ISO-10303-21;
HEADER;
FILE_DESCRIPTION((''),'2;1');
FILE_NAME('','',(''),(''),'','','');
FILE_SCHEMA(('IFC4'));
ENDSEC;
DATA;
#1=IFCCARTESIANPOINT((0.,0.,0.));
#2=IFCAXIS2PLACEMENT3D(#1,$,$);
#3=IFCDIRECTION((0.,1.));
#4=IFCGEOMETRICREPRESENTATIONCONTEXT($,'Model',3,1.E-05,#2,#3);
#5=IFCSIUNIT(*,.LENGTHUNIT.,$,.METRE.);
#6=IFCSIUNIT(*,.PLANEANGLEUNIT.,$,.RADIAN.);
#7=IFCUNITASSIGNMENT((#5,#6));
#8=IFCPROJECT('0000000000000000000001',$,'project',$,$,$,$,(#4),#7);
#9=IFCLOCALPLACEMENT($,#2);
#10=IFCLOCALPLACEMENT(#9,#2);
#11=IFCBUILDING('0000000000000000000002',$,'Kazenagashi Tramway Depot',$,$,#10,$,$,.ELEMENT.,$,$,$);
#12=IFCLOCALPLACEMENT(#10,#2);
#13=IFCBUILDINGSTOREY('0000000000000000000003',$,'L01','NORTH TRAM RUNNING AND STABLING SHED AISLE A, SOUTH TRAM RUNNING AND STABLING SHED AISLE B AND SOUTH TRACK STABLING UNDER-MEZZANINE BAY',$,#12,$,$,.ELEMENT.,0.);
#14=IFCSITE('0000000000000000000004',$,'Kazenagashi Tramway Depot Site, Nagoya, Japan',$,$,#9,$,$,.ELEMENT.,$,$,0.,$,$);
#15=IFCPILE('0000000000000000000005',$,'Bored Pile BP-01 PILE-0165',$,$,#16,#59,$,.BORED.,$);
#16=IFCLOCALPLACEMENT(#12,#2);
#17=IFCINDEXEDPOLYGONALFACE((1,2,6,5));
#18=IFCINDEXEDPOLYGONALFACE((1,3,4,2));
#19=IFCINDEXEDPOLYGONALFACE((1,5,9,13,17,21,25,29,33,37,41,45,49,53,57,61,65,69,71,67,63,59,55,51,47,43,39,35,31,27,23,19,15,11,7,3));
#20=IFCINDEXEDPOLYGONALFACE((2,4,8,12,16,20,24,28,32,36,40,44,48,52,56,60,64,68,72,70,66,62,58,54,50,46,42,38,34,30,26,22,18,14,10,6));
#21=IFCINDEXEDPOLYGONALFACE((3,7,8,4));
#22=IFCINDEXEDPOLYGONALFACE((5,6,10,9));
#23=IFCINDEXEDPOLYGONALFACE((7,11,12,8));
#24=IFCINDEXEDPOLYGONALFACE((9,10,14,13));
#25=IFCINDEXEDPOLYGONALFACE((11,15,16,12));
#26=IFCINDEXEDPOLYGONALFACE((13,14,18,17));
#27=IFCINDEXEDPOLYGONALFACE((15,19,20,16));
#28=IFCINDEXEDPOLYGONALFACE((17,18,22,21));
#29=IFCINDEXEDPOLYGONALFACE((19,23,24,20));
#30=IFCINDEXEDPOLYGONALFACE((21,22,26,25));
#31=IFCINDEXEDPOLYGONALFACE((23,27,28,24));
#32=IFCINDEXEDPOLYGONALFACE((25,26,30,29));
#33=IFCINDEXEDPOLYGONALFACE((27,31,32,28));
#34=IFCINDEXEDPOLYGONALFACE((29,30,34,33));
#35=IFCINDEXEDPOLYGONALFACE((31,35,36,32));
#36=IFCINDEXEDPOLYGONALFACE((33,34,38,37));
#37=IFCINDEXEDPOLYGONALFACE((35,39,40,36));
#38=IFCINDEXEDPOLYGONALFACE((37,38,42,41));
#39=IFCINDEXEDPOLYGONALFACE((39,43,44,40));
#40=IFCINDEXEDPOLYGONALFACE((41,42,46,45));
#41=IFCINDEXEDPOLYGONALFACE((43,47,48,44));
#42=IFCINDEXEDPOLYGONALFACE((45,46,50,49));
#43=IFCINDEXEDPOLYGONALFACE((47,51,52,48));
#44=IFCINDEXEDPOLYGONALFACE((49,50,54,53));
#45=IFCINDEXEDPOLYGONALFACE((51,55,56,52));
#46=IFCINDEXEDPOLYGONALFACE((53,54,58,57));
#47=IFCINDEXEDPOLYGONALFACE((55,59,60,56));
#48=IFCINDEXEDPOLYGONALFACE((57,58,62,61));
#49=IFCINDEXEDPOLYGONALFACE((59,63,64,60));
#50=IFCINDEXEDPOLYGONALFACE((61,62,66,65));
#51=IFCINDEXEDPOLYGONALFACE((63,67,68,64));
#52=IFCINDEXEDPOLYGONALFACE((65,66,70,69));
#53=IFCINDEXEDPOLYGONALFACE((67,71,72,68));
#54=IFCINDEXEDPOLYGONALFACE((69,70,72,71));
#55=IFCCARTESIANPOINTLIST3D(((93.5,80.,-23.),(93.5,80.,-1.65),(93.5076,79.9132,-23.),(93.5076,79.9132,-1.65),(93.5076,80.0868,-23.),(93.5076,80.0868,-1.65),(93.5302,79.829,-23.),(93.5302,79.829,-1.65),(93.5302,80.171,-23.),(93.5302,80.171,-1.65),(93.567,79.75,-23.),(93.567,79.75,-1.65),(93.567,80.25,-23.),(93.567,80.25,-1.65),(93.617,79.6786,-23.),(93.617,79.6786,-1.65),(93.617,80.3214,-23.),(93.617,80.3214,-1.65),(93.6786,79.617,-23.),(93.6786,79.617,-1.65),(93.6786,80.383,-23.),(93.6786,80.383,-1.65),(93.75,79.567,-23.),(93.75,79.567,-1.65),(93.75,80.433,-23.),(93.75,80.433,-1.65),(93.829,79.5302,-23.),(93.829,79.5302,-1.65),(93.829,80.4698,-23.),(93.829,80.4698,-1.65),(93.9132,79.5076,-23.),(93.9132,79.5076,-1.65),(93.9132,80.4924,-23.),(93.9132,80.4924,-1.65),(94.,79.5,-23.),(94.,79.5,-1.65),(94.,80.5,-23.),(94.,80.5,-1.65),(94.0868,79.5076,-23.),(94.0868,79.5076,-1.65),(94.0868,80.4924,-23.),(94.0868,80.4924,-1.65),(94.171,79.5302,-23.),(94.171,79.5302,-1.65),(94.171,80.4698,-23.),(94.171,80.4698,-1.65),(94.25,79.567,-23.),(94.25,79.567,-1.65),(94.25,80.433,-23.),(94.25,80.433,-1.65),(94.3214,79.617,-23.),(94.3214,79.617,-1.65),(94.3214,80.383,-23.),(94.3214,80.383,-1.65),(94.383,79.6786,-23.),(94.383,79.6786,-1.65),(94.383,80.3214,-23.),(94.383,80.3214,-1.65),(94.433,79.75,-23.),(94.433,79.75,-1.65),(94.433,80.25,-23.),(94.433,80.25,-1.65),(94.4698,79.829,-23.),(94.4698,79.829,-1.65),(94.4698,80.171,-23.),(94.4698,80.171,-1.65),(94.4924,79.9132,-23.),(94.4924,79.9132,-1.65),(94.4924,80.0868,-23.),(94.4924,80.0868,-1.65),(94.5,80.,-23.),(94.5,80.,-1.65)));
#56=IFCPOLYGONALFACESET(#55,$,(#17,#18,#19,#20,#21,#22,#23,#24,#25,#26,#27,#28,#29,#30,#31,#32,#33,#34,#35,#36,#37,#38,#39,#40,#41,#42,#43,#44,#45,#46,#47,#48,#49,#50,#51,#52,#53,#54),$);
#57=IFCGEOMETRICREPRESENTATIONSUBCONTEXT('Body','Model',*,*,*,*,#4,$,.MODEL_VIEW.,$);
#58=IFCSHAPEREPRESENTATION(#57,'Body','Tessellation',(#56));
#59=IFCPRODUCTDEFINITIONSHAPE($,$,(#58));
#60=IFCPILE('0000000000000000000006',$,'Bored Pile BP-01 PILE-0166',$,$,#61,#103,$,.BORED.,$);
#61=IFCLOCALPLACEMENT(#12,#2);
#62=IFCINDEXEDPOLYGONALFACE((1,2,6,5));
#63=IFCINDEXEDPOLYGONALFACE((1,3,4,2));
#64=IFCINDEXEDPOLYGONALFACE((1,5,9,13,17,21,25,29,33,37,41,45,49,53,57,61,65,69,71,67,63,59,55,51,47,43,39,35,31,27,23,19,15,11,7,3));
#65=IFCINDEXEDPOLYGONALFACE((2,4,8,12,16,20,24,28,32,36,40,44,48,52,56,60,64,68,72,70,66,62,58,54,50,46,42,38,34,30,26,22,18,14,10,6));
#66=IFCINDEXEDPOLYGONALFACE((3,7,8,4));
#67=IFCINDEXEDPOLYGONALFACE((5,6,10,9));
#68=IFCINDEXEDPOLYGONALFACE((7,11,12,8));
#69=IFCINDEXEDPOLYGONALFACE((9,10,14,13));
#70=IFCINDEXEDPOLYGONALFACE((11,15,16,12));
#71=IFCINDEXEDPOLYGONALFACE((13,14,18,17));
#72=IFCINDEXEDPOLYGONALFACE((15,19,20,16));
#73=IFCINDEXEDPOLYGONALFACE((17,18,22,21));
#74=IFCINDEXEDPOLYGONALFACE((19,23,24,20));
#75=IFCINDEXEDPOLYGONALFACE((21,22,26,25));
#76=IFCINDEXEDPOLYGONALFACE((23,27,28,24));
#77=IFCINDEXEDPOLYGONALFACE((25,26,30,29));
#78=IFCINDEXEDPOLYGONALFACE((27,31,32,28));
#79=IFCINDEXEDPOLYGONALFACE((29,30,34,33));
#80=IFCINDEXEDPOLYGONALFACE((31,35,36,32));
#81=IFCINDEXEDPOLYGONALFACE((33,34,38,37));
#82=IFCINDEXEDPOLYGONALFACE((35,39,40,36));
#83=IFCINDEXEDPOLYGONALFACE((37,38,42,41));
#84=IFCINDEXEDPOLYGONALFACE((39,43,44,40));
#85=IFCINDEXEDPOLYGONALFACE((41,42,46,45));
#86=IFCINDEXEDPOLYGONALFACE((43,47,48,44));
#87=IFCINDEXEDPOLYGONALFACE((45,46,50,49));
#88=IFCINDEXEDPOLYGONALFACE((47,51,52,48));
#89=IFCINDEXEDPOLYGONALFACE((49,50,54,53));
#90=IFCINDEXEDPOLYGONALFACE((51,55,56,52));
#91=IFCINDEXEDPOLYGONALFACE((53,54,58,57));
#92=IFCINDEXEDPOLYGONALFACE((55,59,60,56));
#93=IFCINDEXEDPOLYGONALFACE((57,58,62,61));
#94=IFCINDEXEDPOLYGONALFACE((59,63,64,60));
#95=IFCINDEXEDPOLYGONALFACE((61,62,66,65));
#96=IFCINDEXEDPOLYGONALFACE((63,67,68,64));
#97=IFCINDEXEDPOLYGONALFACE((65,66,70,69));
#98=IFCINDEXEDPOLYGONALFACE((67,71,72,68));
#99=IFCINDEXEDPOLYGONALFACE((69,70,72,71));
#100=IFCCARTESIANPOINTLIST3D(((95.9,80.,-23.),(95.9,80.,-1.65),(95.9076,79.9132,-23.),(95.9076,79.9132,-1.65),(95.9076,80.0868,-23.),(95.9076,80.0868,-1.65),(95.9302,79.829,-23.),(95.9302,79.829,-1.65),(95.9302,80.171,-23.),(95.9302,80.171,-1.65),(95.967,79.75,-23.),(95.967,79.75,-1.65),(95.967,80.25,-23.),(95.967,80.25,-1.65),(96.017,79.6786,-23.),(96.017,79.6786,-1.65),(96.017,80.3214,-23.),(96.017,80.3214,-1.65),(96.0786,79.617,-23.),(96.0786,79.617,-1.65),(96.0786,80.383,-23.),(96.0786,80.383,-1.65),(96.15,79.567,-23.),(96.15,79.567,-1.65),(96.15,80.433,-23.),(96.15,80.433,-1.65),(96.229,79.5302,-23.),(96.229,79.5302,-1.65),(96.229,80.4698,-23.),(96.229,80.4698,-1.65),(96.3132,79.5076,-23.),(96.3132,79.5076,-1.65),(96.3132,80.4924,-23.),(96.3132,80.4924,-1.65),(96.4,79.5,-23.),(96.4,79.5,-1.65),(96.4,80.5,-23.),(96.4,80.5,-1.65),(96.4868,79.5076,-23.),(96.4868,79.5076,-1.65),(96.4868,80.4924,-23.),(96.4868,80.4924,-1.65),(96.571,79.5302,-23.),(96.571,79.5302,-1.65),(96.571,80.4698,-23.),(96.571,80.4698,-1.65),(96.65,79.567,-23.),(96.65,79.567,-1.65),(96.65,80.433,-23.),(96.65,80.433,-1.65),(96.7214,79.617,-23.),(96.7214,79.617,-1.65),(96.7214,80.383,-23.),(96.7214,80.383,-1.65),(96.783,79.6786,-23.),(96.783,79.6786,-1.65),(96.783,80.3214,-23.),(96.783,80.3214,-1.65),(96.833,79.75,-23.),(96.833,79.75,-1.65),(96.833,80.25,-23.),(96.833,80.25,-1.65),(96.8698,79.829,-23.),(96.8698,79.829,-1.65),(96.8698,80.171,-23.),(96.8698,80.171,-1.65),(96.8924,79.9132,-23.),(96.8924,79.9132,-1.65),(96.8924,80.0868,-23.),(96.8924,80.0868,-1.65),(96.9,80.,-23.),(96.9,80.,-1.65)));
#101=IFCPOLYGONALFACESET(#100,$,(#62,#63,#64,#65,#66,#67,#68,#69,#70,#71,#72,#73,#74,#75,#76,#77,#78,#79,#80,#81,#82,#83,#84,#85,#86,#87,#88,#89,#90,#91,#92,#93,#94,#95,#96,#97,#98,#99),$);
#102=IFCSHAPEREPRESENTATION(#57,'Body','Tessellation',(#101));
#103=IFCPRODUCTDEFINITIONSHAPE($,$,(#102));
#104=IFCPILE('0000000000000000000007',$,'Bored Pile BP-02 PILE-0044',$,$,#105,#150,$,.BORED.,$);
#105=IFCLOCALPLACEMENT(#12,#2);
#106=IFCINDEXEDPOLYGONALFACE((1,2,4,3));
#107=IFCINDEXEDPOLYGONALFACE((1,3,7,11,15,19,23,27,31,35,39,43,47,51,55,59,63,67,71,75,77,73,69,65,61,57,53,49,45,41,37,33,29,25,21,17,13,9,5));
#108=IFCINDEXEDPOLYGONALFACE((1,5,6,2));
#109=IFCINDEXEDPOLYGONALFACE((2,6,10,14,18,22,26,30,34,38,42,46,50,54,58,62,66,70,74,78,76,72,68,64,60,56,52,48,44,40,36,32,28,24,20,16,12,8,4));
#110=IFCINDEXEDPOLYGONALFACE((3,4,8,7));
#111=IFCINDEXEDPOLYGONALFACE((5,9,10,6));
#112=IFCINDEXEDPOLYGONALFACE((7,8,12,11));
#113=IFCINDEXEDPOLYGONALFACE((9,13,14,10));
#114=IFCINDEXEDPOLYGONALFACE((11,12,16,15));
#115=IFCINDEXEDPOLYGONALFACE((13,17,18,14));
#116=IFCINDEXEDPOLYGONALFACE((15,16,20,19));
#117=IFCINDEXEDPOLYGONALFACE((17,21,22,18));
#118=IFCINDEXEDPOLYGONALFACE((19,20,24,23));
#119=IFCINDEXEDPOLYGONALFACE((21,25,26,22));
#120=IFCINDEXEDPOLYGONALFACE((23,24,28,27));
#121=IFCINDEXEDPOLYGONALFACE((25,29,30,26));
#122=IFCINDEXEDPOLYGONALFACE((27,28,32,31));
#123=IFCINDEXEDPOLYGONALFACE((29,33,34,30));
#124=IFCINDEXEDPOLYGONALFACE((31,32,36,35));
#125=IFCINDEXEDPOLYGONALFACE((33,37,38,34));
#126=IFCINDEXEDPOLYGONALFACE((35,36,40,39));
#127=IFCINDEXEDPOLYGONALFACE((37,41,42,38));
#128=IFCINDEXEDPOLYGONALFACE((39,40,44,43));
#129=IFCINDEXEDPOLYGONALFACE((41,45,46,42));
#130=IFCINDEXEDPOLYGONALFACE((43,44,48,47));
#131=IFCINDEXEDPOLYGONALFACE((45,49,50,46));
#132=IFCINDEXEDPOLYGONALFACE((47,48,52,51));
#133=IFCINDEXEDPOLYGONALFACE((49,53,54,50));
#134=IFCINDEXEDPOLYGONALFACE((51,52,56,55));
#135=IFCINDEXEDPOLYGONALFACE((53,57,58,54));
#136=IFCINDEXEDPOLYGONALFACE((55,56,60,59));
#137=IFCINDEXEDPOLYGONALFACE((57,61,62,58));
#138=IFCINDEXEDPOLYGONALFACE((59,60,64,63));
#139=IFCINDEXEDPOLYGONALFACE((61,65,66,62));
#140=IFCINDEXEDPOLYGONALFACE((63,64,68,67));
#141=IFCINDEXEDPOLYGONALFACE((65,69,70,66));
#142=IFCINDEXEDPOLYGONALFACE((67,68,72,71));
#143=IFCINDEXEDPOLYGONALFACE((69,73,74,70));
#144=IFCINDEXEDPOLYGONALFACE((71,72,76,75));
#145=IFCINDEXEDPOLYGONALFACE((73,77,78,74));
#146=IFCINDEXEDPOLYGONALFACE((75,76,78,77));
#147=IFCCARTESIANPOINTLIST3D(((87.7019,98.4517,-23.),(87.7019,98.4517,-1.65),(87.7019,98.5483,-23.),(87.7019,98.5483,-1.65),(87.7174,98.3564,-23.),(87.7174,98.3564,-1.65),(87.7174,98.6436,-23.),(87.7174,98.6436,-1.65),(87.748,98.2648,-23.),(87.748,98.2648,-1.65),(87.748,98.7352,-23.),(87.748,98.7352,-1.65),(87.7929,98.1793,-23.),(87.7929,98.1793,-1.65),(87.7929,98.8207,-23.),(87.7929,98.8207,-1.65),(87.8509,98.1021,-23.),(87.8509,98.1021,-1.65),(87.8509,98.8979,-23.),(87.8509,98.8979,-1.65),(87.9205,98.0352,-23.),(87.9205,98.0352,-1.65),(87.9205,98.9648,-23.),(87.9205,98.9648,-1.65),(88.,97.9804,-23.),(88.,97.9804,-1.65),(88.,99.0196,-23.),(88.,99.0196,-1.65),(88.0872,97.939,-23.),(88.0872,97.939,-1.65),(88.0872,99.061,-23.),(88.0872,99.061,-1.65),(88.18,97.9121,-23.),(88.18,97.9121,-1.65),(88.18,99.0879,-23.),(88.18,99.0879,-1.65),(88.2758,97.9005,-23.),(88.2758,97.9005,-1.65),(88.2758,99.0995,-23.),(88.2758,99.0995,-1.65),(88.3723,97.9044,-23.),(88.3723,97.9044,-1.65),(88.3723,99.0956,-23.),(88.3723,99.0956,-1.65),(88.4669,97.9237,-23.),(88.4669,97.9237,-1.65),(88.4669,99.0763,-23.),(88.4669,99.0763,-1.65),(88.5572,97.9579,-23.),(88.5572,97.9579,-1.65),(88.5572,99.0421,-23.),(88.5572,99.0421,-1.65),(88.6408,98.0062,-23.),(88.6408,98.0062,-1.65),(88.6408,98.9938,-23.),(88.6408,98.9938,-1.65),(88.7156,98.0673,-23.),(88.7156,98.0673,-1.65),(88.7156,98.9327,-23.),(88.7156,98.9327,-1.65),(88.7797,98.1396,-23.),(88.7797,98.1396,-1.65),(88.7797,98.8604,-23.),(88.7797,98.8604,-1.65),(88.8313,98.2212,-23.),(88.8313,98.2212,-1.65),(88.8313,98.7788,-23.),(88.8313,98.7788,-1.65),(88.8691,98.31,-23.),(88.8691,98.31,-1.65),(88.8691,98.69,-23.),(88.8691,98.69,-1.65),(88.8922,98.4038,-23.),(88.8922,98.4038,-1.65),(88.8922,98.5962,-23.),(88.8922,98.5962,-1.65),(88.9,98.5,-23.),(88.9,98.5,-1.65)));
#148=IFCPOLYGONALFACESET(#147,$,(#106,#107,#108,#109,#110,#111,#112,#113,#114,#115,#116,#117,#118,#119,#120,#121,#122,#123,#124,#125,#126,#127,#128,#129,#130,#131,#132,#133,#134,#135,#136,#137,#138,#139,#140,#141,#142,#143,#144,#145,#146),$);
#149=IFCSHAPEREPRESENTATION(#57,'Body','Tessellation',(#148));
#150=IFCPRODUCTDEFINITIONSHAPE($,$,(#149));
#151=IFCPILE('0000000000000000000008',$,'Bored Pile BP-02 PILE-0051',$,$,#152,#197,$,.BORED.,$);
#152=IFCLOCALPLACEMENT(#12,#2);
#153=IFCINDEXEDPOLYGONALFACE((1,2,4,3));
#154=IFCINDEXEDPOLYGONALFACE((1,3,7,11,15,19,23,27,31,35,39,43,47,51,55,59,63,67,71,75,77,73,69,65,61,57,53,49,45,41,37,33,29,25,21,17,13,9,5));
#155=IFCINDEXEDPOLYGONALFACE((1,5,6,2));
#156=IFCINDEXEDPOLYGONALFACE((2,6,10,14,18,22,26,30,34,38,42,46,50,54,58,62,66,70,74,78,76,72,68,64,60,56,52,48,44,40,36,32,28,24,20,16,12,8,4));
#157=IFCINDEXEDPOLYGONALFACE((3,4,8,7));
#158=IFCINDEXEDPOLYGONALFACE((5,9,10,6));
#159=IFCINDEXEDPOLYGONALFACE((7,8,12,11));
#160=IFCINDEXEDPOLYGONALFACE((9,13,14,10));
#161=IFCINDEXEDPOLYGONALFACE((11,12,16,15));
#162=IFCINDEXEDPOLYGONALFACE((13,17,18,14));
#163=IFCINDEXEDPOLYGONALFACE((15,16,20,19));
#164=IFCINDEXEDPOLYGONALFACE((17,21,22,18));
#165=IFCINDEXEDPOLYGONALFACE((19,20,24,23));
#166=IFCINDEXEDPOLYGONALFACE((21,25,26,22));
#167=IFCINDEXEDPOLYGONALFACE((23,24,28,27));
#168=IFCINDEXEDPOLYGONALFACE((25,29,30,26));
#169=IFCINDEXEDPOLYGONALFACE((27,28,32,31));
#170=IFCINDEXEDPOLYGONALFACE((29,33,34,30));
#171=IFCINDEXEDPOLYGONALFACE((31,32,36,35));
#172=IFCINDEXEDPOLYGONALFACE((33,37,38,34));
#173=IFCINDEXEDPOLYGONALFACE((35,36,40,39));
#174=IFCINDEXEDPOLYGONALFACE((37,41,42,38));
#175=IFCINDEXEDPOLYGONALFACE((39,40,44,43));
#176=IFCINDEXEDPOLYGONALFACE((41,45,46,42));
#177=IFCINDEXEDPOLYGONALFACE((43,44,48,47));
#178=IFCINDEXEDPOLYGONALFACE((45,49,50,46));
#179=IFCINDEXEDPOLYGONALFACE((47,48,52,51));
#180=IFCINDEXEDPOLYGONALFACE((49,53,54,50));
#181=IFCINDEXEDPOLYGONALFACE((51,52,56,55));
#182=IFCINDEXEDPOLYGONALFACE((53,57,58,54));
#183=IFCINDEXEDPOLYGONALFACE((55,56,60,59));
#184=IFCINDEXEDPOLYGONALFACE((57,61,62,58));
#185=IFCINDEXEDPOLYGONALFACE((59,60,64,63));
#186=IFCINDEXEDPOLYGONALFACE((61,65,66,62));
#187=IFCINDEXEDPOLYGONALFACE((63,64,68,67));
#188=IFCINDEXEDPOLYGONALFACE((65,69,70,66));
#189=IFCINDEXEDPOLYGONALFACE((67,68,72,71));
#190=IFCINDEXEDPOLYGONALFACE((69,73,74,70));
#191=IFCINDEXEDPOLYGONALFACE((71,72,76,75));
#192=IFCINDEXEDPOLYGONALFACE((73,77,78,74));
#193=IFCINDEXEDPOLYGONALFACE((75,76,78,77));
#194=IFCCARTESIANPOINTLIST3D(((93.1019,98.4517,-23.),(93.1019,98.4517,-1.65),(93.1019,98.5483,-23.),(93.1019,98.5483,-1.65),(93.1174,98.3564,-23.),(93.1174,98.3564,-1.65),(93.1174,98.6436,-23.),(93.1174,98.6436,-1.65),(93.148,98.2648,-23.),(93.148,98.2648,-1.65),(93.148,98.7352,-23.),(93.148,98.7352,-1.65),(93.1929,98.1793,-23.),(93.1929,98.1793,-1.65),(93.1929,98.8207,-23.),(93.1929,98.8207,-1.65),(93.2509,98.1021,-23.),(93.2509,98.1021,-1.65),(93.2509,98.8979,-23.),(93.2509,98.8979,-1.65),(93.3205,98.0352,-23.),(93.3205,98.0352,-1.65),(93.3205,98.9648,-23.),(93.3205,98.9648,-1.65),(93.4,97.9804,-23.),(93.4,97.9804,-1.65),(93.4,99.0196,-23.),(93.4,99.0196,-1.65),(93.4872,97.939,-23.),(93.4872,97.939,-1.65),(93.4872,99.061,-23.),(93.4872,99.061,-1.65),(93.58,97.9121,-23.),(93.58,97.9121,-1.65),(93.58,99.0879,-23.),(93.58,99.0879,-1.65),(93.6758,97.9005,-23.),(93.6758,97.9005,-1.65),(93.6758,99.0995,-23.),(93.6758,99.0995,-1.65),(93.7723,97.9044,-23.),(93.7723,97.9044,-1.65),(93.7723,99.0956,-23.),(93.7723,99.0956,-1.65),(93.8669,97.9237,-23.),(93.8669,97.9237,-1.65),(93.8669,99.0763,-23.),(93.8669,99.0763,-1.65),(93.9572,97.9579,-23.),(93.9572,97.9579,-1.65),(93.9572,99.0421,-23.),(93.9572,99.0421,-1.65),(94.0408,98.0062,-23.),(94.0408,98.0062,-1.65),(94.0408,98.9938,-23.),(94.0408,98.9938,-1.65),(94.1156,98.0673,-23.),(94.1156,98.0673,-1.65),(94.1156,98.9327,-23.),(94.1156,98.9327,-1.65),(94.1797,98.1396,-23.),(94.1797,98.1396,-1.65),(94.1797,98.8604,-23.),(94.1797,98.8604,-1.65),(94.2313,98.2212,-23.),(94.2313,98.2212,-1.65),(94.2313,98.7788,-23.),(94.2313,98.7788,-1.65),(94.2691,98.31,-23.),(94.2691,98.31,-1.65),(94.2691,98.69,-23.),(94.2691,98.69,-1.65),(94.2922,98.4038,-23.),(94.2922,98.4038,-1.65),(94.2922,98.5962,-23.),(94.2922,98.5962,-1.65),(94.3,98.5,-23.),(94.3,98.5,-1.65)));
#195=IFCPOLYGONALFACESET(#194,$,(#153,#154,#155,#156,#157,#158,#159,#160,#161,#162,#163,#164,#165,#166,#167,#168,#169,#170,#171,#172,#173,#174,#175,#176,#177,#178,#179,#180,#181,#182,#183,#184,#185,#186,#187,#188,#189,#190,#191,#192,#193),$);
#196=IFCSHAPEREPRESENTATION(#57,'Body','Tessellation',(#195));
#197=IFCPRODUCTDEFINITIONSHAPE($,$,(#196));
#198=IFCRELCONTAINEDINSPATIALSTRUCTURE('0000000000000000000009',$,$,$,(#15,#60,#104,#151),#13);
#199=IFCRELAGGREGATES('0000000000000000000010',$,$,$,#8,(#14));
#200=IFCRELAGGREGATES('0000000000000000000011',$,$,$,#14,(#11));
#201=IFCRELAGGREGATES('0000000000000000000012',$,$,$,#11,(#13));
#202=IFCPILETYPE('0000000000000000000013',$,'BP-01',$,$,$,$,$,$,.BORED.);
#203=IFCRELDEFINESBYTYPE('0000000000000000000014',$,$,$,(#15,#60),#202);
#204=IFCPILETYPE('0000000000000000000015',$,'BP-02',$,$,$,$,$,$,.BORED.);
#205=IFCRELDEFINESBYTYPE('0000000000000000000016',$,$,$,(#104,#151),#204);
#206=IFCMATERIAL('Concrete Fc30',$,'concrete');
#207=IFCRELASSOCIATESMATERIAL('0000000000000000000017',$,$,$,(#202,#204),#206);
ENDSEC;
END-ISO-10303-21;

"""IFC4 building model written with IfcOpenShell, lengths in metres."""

from ifc_helpers import new_model, si_unit, direction, frame, origin, origin_2d, place, context, subcontext, project, spatial, circle, extrude, material, material_profile, profile_set, type_object, element, save


model = new_model("IFC4")

# Units and contexts
model_context = context("Model", 3, precision=1e-05, world=origin(), true_north=direction((0.0, 1.0)))
body_context = subcontext(model_context, "Body", "Model", "MODEL_VIEW")
ifc_project = project(units=[si_unit("LENGTHUNIT", "METRE"), si_unit("PLANEANGLEUNIT", "RADIAN")], contexts=[model_context])

# Site, building, storey
site_placement = place(None, origin())
site = spatial("IfcSite", under=ifc_project, at=site_placement, Name="Kazenagashi Tramway Depot Site, Nagoya, Japan", CompositionType="ELEMENT", RefElevation=0.0)
building_placement = place(site_placement, origin())
building = spatial("IfcBuilding", under=site, at=building_placement, Name="Kazenagashi Tramway Depot", CompositionType="ELEMENT")
storey_placement = place(building_placement, origin())
storey = spatial("IfcBuildingStorey", under=building, at=storey_placement, Name="L01", Description="NORTH TRAM RUNNING AND STABLING SHED AISLE A, SOUTH TRAM RUNNING AND STABLING SHED AISLE B AND SOUTH TRACK STABLING UNDER-MEZZANINE BAY", CompositionType="ELEMENT", Elevation=0.0)

# Piles
ifc_material_1 = material(Name="Concrete Fc30", Category="concrete")
ifc_material_profile_1 = material_profile(ifc_material_1, circle(Radius=0.5, at=origin_2d()), Name="PILE-1000")
ifc_profile_set_1 = profile_set([ifc_material_profile_1], Name="Concrete Fc30")
pile_type_1 = type_object("IfcPileType", Name="BP-01", PredefinedType="BORED", material=ifc_profile_set_1)
for number, where, z_axis, x_axis, name in (
    (1, (94.0, 80.0, -1.65), (0.0, 0.0, -1.0), (1.0, 0.0, 0.0), "Bored Pile BP-01 PILE-0165"),
    (2, (96.4, 80.0, -1.65), (0.0, 0.0, -1.0), (1.0, 0.0, 0.0), "Bored Pile BP-01 PILE-0166"),
):
    element("IfcPile", number, at=place(storey_placement, frame(where, z_axis=z_axis, x_axis=x_axis)), inside=storey, type_object=pile_type_1, Name=name, PredefinedType="BORED", context=body_context, shape_type="SweptSolid", body=[
        extrude(circle(Radius=0.5, at=origin_2d()), origin(), (0.0, 0.0, 1.0), 21.35),
    ])
ifc_material_profile_2 = material_profile(ifc_material_1, circle(Radius=0.6, at=origin_2d()), Name="PILE-1200")
ifc_profile_set_2 = profile_set([ifc_material_profile_2], Name="Concrete Fc30")
pile_type_2 = type_object("IfcPileType", Name="BP-02", PredefinedType="BORED", material=ifc_profile_set_2)
for number, where, z_axis, x_axis, name in (
    (3, (88.3, 98.5, -1.65), (0.0, 0.0, -1.0), (1.0, 0.0, 0.0), "Bored Pile BP-02 PILE-0044"),
    (4, (93.7, 98.5, -1.65), (0.0, 0.0, -1.0), (1.0, 0.0, 0.0), "Bored Pile BP-02 PILE-0051"),
):
    element("IfcPile", number, at=place(storey_placement, frame(where, z_axis=z_axis, x_axis=x_axis)), inside=storey, type_object=pile_type_2, Name=name, PredefinedType="BORED", context=body_context, shape_type="SweptSolid", body=[
        extrude(circle(Radius=0.6, at=origin_2d()), origin(), (0.0, 0.0, 1.0), 21.35),
    ])

save(model, "model.ifc")
